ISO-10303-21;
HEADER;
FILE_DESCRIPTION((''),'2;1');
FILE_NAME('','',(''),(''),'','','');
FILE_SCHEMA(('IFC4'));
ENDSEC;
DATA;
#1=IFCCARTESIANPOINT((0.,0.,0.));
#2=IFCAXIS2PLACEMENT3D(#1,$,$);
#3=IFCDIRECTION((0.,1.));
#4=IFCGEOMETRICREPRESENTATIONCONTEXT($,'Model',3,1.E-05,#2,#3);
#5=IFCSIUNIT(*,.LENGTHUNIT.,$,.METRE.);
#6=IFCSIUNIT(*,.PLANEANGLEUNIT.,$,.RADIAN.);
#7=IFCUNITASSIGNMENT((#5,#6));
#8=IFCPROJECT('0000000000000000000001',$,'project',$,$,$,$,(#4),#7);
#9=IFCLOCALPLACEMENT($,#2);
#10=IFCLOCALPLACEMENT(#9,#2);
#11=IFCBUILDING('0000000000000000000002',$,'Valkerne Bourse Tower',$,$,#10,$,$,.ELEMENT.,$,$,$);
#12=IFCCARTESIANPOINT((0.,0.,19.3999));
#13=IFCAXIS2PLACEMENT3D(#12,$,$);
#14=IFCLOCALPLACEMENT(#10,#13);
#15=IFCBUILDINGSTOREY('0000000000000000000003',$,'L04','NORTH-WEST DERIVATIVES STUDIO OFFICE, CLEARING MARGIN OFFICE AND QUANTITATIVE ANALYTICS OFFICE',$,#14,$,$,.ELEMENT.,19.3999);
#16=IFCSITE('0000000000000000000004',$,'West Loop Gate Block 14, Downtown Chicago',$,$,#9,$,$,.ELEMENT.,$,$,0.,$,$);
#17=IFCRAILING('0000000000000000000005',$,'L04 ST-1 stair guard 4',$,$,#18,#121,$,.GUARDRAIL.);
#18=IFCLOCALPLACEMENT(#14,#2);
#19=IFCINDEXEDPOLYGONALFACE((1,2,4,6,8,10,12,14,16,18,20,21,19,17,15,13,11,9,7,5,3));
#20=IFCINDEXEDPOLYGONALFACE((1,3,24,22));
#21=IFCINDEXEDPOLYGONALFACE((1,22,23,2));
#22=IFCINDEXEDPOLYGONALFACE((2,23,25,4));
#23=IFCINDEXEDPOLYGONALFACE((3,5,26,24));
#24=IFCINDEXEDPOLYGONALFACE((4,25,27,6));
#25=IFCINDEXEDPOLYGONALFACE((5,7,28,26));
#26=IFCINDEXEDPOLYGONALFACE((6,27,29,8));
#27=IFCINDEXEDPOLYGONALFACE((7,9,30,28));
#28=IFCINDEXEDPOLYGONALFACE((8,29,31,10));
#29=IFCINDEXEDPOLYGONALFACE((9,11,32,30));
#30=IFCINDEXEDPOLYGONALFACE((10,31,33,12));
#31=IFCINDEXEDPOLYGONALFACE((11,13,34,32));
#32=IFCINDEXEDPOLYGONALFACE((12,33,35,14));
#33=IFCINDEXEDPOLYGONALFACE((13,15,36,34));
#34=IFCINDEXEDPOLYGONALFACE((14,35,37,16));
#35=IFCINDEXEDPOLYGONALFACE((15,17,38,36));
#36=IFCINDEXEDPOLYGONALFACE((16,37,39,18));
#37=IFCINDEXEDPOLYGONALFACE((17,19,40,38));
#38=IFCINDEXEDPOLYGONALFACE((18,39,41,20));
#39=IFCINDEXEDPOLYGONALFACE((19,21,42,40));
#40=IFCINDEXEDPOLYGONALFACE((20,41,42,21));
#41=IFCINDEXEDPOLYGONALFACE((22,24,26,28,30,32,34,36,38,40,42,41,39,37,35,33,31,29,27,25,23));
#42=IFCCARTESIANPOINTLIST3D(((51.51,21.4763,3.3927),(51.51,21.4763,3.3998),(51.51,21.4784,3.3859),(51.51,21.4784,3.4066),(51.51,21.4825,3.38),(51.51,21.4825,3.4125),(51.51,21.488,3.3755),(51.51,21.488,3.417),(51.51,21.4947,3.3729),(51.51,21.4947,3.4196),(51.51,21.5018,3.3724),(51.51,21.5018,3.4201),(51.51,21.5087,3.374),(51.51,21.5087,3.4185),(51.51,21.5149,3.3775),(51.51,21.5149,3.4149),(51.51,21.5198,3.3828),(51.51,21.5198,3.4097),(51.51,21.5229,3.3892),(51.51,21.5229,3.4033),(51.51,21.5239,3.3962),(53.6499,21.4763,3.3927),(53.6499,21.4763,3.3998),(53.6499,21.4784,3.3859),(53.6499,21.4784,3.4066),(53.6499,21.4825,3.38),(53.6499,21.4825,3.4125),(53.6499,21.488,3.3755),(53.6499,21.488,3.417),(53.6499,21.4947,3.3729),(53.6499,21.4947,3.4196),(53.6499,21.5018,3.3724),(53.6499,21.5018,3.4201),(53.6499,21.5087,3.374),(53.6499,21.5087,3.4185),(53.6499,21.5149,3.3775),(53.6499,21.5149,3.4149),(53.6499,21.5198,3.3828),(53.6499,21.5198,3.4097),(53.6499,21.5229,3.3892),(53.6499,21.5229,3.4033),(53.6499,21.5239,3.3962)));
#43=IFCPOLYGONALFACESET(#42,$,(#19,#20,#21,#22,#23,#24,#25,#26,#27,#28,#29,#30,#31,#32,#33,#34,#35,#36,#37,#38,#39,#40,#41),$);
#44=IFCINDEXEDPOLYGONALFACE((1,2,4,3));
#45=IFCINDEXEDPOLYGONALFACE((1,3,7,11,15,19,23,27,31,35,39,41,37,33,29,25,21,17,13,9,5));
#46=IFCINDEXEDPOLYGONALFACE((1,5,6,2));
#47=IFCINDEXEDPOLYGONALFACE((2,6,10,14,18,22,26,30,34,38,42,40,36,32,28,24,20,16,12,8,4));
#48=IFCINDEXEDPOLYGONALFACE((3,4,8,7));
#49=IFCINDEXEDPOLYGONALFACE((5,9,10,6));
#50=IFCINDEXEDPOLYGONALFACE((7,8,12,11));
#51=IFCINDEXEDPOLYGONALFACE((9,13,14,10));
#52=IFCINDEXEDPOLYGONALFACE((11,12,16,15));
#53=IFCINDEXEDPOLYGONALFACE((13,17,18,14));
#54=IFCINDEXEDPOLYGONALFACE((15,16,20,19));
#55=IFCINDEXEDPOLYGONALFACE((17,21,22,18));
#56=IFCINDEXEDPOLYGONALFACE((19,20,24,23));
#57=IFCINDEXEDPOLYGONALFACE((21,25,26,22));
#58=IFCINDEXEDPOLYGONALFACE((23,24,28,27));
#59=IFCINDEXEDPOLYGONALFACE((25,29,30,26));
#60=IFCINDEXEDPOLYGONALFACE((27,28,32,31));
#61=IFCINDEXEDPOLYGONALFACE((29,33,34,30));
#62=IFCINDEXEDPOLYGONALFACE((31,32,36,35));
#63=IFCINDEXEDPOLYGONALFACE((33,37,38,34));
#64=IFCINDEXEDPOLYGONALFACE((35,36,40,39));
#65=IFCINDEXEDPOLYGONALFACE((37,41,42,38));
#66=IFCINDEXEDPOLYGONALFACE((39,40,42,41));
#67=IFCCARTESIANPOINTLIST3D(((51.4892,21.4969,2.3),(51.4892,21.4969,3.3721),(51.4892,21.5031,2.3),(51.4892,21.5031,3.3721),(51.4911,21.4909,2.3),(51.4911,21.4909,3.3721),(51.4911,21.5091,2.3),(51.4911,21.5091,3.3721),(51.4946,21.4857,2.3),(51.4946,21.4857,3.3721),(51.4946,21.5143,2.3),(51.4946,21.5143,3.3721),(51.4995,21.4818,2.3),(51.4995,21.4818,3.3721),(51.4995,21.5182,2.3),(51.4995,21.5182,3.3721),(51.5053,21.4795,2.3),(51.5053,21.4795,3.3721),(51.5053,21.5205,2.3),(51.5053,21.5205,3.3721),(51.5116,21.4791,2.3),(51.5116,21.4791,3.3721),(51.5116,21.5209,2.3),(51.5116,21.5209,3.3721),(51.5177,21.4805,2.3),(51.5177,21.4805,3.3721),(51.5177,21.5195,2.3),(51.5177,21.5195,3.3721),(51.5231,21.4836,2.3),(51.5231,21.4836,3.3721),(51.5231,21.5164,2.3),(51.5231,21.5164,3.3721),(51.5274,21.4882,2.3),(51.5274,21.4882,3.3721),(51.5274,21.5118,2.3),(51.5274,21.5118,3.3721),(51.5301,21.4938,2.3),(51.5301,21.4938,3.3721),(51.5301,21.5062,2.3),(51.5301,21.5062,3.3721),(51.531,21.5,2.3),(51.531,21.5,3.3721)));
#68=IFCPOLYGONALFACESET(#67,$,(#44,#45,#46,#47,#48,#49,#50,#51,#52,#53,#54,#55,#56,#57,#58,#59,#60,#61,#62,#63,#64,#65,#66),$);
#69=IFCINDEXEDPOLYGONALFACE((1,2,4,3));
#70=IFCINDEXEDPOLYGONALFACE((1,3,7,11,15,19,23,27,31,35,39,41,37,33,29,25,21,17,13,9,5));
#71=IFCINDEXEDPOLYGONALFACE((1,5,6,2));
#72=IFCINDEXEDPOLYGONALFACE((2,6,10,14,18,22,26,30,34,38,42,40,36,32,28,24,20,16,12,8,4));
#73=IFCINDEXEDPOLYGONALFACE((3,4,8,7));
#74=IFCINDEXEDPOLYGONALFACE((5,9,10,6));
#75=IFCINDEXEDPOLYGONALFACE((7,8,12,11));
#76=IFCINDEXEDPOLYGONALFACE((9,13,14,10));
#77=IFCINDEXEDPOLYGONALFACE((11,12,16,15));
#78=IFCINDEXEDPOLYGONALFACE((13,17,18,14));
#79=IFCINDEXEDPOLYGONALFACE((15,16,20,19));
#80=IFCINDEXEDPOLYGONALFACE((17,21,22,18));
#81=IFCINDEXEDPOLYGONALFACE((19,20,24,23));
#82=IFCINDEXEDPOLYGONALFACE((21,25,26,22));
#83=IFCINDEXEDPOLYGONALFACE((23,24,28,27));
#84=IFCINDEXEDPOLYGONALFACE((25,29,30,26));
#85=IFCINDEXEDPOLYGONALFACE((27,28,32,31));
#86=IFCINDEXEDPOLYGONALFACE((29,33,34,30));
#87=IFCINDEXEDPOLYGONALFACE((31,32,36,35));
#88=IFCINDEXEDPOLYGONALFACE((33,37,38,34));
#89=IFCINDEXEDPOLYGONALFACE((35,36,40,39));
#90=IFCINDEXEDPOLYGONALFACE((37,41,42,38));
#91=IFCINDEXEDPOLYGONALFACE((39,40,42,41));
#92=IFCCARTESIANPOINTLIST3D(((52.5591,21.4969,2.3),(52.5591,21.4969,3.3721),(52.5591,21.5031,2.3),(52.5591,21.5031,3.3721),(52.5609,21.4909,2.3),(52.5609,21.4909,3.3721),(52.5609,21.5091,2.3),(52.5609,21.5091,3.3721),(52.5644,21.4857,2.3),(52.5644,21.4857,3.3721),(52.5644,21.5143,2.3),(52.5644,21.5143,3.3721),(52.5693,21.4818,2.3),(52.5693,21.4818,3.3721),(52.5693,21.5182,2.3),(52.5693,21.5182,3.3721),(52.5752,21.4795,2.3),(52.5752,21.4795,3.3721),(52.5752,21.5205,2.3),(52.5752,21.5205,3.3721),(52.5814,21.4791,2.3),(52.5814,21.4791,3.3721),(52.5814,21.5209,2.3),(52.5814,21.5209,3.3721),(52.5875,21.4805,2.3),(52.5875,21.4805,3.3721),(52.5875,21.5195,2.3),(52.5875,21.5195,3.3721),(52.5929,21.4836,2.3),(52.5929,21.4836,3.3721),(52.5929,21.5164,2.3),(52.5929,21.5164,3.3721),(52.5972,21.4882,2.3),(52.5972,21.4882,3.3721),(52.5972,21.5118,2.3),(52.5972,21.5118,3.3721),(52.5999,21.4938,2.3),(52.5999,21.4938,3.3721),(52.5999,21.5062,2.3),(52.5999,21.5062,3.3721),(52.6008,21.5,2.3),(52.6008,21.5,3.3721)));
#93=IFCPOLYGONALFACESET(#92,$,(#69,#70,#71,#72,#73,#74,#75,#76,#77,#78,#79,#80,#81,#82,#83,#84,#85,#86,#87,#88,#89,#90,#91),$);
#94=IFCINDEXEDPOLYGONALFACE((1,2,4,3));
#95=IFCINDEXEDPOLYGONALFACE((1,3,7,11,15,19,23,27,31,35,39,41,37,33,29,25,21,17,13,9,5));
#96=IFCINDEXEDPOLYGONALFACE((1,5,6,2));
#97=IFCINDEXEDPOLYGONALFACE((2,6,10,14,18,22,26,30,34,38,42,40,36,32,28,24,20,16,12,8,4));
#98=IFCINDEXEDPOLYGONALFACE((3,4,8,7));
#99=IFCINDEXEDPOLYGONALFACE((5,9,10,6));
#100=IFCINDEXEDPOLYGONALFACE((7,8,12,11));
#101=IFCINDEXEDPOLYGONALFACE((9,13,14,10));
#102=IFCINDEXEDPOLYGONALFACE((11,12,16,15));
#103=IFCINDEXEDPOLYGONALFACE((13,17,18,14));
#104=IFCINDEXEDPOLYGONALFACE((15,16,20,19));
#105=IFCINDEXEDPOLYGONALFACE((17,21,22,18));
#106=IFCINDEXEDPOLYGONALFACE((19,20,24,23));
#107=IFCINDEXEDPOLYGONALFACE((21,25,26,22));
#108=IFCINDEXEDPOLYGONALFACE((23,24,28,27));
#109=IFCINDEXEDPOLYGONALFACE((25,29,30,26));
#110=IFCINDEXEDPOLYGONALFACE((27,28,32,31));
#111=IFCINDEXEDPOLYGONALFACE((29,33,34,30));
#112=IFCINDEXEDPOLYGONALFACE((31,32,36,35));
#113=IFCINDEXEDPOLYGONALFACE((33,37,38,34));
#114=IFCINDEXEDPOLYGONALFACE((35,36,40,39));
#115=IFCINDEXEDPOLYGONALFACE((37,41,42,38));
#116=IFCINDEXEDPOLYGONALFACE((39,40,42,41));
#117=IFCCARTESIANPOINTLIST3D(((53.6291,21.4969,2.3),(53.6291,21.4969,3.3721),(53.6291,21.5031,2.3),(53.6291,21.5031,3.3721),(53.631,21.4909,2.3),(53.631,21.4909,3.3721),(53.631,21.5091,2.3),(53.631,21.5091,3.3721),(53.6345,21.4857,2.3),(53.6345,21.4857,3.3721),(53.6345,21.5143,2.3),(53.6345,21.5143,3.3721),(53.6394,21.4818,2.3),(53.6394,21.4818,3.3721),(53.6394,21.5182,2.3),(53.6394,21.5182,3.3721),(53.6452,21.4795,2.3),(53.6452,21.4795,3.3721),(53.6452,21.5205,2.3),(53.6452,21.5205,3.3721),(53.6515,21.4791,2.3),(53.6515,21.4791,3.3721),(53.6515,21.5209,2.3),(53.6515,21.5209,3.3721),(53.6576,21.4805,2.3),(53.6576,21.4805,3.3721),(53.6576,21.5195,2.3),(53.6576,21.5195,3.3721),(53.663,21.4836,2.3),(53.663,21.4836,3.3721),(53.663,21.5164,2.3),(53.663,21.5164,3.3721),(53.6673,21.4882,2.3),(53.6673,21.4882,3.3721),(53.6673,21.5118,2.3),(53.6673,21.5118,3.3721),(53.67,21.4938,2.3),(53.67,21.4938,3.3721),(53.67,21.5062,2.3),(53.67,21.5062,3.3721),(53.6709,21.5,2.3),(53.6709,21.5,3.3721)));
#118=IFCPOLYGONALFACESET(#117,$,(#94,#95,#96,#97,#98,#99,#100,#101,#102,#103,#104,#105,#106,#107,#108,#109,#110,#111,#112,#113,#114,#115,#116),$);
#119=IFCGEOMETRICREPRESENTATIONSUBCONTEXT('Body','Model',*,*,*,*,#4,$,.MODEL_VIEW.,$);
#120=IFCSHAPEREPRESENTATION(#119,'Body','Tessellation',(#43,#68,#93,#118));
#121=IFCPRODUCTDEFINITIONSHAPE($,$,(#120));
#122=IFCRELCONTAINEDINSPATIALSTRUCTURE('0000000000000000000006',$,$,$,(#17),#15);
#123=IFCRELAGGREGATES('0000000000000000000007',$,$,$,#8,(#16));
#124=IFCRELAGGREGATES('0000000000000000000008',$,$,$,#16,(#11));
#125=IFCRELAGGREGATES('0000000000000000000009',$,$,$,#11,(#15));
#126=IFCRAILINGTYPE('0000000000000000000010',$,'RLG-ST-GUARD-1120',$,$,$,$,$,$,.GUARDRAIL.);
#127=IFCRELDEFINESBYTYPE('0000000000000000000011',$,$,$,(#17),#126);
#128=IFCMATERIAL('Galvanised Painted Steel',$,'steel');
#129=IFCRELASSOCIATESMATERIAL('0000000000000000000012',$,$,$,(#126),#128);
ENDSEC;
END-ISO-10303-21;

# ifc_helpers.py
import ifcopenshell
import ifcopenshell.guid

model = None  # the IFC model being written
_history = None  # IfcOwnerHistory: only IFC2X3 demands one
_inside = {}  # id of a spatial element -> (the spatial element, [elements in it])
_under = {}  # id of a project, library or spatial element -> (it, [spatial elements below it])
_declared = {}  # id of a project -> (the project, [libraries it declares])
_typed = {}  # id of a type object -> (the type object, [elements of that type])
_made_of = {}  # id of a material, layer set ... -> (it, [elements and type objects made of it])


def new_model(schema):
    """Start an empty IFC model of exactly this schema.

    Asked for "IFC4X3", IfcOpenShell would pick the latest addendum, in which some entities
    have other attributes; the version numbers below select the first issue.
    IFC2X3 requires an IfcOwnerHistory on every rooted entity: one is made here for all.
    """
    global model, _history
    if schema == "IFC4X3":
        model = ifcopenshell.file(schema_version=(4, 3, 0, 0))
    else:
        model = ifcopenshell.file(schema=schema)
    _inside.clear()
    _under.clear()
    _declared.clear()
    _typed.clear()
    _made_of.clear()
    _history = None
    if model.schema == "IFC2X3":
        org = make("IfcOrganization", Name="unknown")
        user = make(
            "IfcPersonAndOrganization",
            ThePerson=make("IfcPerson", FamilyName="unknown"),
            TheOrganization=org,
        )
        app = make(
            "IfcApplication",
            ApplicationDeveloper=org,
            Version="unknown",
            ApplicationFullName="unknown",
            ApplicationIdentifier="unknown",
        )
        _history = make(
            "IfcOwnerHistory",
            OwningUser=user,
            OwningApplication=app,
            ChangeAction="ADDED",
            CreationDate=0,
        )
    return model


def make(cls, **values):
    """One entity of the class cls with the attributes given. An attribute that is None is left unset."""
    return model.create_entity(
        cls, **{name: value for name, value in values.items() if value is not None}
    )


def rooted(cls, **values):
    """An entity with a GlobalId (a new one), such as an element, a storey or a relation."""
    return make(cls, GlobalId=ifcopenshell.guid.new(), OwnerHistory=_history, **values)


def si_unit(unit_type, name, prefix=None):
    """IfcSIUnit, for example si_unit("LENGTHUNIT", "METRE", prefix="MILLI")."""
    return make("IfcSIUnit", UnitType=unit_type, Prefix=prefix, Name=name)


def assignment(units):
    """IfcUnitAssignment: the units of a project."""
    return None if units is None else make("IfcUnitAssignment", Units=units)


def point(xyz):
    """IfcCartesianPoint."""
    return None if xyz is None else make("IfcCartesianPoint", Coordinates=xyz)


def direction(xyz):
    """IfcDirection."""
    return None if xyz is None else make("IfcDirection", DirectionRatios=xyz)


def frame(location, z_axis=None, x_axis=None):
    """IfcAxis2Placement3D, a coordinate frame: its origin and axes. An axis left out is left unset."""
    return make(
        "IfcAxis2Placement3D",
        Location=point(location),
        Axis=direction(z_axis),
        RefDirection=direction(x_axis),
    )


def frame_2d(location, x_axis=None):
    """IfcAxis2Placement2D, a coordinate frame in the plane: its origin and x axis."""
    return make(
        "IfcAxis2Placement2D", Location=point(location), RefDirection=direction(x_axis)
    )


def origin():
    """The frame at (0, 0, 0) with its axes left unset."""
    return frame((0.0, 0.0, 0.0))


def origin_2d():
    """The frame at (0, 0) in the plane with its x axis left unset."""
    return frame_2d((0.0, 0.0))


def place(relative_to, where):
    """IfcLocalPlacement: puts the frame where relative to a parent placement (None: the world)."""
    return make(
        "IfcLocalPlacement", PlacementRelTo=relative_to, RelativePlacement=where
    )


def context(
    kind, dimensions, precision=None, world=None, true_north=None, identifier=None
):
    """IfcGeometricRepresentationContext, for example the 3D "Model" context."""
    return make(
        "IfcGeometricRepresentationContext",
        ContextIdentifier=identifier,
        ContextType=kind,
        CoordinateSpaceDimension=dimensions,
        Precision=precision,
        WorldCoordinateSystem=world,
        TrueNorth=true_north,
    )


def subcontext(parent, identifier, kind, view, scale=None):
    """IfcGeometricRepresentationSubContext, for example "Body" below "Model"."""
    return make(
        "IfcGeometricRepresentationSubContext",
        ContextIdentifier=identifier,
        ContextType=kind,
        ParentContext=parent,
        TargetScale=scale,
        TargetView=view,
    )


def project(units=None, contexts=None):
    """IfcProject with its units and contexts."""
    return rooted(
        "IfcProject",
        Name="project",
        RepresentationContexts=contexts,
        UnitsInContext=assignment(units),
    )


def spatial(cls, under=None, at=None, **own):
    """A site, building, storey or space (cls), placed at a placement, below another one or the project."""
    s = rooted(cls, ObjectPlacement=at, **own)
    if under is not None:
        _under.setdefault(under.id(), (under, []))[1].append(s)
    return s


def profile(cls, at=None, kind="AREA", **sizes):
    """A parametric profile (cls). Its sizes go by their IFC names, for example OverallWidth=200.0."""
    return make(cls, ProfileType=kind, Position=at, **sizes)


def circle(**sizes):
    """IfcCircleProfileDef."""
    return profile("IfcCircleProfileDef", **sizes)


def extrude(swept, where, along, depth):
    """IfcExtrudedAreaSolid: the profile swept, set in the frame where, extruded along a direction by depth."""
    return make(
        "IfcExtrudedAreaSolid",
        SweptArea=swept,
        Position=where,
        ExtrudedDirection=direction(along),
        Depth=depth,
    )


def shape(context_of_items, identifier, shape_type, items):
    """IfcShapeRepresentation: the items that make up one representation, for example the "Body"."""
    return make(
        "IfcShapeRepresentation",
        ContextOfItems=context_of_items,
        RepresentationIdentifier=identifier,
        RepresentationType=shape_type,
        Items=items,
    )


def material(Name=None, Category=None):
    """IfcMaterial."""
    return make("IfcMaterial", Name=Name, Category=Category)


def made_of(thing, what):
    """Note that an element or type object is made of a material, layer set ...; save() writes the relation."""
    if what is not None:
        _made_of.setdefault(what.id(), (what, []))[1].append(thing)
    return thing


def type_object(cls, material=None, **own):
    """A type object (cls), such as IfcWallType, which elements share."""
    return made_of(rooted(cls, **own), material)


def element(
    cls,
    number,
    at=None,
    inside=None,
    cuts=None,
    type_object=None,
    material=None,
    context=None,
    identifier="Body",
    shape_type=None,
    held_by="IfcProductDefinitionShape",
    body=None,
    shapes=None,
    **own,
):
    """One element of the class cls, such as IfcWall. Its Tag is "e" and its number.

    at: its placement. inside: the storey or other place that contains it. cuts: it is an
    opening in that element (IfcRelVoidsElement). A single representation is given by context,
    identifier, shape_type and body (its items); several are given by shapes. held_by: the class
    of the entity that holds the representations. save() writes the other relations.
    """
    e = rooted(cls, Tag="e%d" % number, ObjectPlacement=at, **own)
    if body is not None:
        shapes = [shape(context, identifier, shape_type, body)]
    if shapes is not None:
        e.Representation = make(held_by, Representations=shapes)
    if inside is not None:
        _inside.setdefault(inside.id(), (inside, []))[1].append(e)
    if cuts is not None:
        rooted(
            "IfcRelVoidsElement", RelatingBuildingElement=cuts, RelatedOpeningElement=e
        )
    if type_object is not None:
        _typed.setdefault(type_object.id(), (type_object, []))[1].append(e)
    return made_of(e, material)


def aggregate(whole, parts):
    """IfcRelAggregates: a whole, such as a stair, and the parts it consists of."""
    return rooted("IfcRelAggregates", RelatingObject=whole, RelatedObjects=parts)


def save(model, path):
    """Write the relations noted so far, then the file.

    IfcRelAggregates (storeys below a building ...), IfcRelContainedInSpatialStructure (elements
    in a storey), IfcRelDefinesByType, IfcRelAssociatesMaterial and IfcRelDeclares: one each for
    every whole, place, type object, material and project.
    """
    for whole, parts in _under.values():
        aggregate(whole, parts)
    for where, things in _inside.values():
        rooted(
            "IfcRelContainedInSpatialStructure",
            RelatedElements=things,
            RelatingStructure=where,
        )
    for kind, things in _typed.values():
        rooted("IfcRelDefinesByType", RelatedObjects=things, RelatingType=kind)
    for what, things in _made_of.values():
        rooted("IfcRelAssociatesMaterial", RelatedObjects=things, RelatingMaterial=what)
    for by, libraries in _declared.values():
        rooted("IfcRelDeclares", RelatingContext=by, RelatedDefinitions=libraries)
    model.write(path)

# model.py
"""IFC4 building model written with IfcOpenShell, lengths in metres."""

from ifc_helpers import new_model, si_unit, direction, frame, origin, origin_2d, place, context, subcontext, project, spatial, circle, extrude, material, type_object, element, save


model = new_model("IFC4")

# Units and contexts
model_context = context("Model", 3, precision=1e-05, world=origin(), true_north=direction((0.0, 1.0)))
body_context = subcontext(model_context, "Body", "Model", "MODEL_VIEW")
ifc_project = project(units=[si_unit("LENGTHUNIT", "METRE"), si_unit("PLANEANGLEUNIT", "RADIAN")], contexts=[model_context])

# Site, building, storey
site_placement = place(None, origin())
site = spatial("IfcSite", under=ifc_project, at=site_placement, Name="West Loop Gate Block 14, Downtown Chicago", CompositionType="ELEMENT", RefElevation=0.0)
building_placement = place(site_placement, origin())
building = spatial("IfcBuilding", under=site, at=building_placement, Name="Valkerne Bourse Tower", CompositionType="ELEMENT")
storey_placement = place(building_placement, frame((0.0, 0.0, 19.3999)))
storey = spatial("IfcBuildingStorey", under=building, at=storey_placement, Name="L04", Description="NORTH-WEST DERIVATIVES STUDIO OFFICE, CLEARING MARGIN OFFICE AND QUANTITATIVE ANALYTICS OFFICE", CompositionType="ELEMENT", Elevation=19.3999)

# Shared definitions
ifc_material_1 = material(Name="Galvanised Painted Steel", Category="steel")

# Railing
railing_type_1 = type_object("IfcRailingType", Name="RLG-ST-GUARD-1120", PredefinedType="GUARDRAIL", material=ifc_material_1)
for number, where, name in (
    (1, (51.51, 21.5, 2.3), "L04 ST-1 stair guard 4"),
):
    element("IfcRailing", number, at=place(storey_placement, frame(where)), inside=storey, type_object=railing_type_1, Name=name, PredefinedType="GUARDRAIL", context=body_context, shape_type="SweptSolid", body=[
        extrude(circle(Radius=0.0239, at=origin_2d()), frame((0.0, 0.0, 1.0962), z_axis=(1.0, 0.0, 0.0), x_axis=(0.0, 1.0, 0.0)), (0.0, 0.0, 1.0), 2.1399),
        extrude(circle(Radius=0.021, at=origin_2d()), origin(), (0.0, 0.0, 1.0), 1.072),
        extrude(circle(Radius=0.021, at=origin_2d()), frame((1.0698, 0.0, 0.0)), (0.0, 0.0, 1.0), 1.072),
        extrude(circle(Radius=0.021, at=origin_2d()), frame((2.1399, 0.0, 0.0)), (0.0, 0.0, 1.0), 1.072),
    ])

save(model, "model.ifc")
